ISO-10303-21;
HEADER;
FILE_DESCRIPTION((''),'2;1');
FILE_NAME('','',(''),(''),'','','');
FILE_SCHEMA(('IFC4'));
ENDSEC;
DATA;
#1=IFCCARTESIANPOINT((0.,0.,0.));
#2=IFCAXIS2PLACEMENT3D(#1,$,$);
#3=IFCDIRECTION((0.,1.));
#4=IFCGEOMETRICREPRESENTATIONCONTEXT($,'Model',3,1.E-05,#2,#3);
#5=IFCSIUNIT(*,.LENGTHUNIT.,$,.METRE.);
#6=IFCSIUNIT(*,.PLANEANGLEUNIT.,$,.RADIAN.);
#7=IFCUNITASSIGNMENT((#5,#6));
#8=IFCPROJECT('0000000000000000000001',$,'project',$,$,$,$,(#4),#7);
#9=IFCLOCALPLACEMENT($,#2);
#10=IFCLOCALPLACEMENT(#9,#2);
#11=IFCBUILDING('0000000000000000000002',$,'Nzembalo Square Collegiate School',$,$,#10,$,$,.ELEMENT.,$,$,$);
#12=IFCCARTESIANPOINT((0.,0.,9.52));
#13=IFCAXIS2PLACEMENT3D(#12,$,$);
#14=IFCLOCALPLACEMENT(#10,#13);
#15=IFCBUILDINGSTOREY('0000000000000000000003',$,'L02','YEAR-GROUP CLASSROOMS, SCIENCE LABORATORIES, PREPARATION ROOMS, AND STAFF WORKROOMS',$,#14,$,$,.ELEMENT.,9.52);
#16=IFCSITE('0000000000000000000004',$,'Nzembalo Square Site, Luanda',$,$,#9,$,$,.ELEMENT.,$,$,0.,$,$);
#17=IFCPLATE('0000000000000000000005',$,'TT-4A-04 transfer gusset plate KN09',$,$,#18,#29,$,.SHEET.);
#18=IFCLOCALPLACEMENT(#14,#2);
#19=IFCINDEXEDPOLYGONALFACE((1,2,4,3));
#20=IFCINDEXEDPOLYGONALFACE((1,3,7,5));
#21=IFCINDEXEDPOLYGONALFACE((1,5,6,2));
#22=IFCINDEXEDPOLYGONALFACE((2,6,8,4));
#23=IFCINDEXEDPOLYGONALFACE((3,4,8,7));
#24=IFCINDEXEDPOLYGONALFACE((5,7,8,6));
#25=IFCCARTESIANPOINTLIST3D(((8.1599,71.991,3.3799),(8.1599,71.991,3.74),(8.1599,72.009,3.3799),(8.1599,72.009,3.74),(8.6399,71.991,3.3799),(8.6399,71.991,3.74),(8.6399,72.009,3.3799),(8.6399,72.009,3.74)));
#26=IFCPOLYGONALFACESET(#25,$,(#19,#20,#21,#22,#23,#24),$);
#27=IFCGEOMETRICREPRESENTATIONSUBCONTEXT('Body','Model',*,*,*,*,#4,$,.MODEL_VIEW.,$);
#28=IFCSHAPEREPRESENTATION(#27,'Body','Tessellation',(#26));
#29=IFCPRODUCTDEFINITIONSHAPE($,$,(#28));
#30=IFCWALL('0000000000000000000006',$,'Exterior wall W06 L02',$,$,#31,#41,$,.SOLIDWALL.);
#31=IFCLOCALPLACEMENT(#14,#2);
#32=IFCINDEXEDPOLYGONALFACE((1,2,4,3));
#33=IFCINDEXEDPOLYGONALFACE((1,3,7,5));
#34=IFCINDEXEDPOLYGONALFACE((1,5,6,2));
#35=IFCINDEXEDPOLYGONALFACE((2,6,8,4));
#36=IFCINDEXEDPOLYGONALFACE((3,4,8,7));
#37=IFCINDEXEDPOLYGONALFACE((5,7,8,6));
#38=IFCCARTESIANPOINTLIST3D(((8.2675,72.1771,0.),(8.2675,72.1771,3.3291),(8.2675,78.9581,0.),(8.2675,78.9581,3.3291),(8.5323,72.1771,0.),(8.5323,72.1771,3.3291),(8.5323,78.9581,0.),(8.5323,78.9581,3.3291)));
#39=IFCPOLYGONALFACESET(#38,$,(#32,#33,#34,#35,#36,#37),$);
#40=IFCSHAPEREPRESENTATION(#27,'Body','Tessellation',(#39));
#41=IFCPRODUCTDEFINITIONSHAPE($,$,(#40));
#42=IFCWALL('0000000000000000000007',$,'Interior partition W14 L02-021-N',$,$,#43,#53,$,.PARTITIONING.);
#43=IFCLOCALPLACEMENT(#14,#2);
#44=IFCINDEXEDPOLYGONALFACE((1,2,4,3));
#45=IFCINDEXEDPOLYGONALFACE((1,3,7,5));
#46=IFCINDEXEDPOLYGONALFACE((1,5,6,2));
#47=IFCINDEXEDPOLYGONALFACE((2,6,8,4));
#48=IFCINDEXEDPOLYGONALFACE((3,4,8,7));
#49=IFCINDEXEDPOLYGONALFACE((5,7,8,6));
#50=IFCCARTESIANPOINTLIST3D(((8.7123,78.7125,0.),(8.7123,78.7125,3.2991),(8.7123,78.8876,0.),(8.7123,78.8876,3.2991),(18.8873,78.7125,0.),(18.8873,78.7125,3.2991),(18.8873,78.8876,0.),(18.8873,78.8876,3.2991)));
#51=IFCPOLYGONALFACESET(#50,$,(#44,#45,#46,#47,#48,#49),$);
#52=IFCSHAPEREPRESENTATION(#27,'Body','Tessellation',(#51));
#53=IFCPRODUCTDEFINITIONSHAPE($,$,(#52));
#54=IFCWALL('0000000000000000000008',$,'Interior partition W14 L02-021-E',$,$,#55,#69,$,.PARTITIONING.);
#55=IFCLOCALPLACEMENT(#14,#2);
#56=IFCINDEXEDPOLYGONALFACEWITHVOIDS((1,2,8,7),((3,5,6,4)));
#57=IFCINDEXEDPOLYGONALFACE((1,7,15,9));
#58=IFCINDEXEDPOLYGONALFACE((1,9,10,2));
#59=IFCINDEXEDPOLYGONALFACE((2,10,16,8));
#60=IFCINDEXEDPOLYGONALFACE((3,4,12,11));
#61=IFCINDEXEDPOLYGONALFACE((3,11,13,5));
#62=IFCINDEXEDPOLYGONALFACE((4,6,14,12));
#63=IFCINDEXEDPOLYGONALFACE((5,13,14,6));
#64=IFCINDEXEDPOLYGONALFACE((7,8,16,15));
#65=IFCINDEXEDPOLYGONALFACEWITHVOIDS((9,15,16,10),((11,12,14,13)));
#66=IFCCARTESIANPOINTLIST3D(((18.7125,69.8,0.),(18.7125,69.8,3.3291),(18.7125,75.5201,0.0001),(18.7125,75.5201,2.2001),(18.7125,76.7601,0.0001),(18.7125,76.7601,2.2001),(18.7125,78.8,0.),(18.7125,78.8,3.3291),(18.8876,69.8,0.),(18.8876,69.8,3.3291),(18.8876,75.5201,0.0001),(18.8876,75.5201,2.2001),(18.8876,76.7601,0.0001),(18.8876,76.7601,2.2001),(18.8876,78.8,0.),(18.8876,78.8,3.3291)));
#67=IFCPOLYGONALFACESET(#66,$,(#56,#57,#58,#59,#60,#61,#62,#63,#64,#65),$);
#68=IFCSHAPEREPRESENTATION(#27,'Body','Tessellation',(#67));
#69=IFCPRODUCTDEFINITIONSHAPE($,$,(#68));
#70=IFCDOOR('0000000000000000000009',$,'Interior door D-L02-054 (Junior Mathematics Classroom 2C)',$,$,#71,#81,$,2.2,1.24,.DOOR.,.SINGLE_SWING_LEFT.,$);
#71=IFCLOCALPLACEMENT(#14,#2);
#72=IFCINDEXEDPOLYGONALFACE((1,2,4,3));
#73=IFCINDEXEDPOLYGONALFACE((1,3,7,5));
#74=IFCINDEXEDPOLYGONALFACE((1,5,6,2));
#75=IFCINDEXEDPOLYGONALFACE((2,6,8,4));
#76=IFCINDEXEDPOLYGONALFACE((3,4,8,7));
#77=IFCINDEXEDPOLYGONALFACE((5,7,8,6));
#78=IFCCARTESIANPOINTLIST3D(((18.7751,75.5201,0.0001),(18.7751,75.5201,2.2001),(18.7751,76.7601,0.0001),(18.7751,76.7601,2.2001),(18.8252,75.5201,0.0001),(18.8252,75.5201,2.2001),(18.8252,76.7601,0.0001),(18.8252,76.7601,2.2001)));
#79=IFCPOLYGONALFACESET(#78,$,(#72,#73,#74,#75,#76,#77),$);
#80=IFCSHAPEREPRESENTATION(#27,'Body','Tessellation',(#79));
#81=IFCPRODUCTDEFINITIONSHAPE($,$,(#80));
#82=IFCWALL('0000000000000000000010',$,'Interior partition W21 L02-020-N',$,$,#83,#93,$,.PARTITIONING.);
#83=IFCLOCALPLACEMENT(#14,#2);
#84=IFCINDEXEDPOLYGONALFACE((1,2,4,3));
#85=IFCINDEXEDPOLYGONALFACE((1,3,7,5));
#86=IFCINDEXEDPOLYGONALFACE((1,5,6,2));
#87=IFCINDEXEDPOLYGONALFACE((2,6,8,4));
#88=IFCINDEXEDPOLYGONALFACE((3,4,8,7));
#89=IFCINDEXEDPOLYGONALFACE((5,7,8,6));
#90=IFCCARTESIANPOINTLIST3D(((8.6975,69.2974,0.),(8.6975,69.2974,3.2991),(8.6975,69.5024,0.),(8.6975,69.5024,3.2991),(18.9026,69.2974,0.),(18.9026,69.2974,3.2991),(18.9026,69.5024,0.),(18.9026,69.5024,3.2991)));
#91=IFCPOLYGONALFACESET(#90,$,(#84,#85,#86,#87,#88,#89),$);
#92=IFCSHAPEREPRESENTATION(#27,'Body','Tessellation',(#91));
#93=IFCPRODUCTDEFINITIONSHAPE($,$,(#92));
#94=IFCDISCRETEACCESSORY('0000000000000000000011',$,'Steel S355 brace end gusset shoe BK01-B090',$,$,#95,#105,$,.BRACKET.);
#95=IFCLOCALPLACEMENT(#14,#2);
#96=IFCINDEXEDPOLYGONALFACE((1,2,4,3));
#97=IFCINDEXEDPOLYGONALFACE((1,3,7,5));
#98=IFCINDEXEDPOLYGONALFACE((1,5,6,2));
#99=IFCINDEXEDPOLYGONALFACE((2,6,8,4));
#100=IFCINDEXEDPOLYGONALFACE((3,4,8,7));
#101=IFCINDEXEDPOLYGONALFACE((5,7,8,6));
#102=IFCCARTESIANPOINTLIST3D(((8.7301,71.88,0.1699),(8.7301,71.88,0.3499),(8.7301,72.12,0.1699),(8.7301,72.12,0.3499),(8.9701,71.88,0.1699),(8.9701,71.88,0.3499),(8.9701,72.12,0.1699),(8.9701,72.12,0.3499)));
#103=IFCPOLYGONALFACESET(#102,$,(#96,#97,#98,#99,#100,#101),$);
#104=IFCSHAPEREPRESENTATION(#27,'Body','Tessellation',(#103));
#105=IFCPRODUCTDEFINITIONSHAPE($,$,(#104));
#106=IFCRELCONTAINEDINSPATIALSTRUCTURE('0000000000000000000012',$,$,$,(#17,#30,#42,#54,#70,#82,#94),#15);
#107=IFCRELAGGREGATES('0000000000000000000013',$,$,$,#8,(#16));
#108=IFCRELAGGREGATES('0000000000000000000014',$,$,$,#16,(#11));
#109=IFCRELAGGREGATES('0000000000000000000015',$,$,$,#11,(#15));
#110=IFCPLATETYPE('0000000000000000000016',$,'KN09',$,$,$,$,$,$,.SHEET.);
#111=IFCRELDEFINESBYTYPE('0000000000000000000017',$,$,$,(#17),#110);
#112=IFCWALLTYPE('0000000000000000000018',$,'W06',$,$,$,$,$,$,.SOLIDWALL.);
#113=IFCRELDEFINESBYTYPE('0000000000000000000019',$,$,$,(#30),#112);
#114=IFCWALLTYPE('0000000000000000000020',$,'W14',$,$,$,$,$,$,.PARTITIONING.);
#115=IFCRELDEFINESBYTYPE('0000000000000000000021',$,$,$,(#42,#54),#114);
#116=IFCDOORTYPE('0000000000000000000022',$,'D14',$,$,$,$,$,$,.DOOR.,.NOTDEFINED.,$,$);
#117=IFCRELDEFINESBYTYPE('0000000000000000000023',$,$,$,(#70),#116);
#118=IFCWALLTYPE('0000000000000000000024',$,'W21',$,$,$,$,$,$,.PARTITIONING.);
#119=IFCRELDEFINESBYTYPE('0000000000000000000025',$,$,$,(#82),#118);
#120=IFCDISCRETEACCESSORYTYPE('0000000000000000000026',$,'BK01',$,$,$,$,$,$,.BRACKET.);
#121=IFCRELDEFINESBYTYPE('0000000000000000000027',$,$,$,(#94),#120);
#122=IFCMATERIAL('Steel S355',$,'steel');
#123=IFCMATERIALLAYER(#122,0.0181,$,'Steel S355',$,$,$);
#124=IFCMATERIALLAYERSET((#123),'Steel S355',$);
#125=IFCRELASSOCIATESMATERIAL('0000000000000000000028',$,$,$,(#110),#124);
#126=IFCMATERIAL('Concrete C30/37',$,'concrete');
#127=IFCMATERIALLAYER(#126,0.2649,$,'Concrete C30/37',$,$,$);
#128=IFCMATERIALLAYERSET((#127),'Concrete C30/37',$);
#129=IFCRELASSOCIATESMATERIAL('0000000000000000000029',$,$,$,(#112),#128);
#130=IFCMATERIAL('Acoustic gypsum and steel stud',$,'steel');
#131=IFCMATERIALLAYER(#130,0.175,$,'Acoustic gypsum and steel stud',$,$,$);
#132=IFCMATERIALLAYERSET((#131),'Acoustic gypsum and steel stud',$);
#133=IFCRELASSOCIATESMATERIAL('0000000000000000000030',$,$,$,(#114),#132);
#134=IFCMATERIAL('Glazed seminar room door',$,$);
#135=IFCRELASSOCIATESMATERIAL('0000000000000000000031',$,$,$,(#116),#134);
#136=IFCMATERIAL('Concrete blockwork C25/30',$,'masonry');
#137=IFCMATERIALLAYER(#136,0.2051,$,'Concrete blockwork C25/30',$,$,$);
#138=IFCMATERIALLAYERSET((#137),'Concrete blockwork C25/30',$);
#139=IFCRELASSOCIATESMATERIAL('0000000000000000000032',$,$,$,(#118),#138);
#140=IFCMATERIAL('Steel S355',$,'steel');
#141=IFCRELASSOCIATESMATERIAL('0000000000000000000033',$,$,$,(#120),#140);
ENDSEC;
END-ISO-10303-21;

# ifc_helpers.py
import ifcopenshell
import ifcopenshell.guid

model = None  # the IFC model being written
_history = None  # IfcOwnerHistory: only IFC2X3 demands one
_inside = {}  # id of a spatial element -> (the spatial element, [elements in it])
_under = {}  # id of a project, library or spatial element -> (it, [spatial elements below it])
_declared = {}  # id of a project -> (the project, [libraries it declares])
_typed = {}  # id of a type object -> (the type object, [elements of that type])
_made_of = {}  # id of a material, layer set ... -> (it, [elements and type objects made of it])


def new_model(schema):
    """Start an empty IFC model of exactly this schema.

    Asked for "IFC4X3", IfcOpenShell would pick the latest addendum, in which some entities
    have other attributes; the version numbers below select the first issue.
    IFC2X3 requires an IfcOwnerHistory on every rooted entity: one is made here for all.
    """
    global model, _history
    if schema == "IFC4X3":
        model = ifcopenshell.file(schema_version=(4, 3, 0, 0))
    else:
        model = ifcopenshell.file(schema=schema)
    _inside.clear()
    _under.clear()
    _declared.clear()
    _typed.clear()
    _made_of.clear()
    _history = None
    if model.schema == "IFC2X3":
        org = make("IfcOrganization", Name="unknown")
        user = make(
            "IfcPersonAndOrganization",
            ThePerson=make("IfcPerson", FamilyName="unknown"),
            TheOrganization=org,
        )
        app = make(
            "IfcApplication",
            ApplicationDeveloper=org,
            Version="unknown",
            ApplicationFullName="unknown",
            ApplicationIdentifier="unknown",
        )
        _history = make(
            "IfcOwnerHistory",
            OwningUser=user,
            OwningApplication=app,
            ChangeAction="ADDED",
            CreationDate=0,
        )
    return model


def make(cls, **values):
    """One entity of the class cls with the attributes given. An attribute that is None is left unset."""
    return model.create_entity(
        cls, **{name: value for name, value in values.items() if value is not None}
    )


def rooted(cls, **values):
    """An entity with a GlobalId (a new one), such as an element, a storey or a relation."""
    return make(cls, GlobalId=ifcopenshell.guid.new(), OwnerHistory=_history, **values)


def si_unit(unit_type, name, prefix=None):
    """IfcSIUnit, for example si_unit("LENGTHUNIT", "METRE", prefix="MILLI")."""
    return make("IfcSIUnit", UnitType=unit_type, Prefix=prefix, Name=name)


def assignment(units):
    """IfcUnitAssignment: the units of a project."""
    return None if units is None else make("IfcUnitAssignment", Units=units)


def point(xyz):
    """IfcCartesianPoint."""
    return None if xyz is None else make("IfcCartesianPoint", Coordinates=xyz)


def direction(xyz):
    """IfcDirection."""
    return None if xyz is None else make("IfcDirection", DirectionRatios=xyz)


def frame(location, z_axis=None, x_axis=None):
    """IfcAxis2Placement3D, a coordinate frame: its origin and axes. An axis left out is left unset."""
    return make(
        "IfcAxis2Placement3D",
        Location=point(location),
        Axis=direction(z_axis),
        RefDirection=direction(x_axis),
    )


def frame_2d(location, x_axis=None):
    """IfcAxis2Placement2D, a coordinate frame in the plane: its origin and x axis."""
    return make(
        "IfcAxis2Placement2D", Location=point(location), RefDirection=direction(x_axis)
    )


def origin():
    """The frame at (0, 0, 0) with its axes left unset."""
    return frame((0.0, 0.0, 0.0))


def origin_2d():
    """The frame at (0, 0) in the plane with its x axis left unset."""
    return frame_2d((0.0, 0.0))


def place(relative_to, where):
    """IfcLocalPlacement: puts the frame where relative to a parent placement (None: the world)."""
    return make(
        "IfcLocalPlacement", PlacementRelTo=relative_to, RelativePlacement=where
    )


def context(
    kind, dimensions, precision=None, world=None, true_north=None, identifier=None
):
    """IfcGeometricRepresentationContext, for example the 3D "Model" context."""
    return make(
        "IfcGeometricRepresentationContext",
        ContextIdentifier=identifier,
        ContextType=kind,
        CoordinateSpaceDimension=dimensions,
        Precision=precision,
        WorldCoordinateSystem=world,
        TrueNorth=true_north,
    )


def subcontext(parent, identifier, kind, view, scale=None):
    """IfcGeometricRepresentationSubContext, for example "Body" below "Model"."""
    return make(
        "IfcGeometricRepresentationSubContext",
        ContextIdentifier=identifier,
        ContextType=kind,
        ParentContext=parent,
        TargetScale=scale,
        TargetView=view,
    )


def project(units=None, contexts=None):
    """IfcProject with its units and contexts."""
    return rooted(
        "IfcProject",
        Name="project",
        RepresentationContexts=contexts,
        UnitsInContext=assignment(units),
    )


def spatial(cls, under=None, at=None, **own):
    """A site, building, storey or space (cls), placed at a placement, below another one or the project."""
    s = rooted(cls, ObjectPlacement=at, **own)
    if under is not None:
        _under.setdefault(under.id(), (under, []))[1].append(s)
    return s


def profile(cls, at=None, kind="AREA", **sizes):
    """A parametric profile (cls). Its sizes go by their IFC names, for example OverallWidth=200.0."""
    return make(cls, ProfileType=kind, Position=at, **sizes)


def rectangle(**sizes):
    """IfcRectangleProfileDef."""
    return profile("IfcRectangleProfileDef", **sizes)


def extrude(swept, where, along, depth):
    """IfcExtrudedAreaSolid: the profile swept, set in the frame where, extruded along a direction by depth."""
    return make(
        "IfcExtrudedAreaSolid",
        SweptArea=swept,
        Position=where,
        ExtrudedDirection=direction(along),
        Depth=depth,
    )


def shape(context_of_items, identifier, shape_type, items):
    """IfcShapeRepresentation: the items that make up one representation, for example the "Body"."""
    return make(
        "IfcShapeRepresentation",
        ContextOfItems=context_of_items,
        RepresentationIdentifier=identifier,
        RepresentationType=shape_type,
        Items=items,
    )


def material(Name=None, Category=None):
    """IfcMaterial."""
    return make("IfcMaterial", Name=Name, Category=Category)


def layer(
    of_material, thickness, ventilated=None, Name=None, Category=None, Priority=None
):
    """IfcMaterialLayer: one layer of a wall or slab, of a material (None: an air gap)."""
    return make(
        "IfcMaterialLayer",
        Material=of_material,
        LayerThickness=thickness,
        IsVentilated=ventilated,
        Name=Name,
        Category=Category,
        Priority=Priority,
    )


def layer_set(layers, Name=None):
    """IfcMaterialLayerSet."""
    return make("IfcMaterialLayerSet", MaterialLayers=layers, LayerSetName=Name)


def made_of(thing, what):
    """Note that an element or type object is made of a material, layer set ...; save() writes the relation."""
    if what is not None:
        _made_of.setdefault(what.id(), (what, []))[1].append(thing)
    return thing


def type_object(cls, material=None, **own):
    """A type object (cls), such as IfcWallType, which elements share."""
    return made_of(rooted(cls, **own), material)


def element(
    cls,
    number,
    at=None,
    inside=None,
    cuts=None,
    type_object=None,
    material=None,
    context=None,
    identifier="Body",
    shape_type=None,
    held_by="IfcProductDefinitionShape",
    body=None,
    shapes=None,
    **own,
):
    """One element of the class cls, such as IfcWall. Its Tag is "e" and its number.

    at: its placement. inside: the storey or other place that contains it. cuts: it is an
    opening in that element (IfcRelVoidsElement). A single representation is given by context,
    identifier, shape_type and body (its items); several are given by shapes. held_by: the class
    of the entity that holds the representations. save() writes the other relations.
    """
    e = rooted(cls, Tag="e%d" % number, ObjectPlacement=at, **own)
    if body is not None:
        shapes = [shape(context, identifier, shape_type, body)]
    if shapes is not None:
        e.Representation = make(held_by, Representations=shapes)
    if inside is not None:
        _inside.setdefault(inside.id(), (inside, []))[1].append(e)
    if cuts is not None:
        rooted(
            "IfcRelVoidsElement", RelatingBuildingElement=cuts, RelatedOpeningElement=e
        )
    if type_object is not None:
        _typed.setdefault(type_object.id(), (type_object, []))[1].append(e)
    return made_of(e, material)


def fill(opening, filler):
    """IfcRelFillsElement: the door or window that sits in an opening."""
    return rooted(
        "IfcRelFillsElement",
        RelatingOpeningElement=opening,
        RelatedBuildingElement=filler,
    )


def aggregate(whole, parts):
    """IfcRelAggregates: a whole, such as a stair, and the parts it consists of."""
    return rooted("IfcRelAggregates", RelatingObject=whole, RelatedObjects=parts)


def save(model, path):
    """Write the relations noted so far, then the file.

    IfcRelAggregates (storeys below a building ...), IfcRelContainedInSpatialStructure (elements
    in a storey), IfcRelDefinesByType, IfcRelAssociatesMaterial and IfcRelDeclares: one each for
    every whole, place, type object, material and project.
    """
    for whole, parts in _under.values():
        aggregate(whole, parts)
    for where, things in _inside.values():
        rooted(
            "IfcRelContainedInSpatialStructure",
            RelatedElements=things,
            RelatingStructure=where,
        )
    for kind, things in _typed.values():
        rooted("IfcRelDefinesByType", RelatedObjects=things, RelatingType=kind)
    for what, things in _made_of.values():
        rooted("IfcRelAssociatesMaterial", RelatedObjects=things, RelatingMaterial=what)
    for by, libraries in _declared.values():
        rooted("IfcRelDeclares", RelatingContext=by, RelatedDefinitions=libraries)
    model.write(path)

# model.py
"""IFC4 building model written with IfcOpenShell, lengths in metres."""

from ifc_helpers import new_model, si_unit, direction, frame, frame_2d, origin, origin_2d, place, context, subcontext, project, spatial, rectangle, extrude, material, layer, layer_set, type_object, element, fill, save


model = new_model("IFC4")

# Units and contexts
model_context = context("Model", 3, precision=1e-05, world=origin(), true_north=direction((0.0, 1.0)))
body_context = subcontext(model_context, "Body", "Model", "MODEL_VIEW")
ifc_project = project(units=[si_unit("LENGTHUNIT", "METRE"), si_unit("PLANEANGLEUNIT", "RADIAN")], contexts=[model_context])

# Site, building, storey
site_placement = place(None, origin())
site = spatial("IfcSite", under=ifc_project, at=site_placement, Name="Nzembalo Square Site, Luanda", CompositionType="ELEMENT", RefElevation=0.0)
building_placement = place(site_placement, origin())
building = spatial("IfcBuilding", under=site, at=building_placement, Name="Nzembalo Square Collegiate School", CompositionType="ELEMENT")
storey_placement = place(building_placement, frame((0.0, 0.0, 9.52)))
storey = spatial("IfcBuildingStorey", under=building, at=storey_placement, Name="L02", Description="YEAR-GROUP CLASSROOMS, SCIENCE LABORATORIES, PREPARATION ROOMS, AND STAFF WORKROOMS", CompositionType="ELEMENT", Elevation=9.52)

# Plate
ifc_material_1 = material(Name="Steel S355", Category="steel")
ifc_layer_1 = layer(ifc_material_1, 0.0181, Name="Steel S355")
ifc_layer_set_1 = layer_set([ifc_layer_1], Name="Steel S355")
plate_type_1 = type_object("IfcPlateType", Name="KN09", PredefinedType="SHEET", material=ifc_layer_set_1)
plate_1_placement = place(storey_placement, frame((8.3999, 72.0, 3.3799), z_axis=(0.0, 0.0, 1.0), x_axis=(1.0, 0.0, 0.0)))
element("IfcPlate", 1, at=plate_1_placement, inside=storey, type_object=plate_type_1, Name="TT-4A-04 transfer gusset plate KN09", PredefinedType="SHEET", context=body_context, shape_type="SweptSolid", body=[
    extrude(rectangle(XDim=0.48, YDim=0.0181, at=origin_2d()), origin(), (0.0, 0.0, 1.0), 0.3601),
])

# Walls
ifc_material_2 = material(Name="Concrete C30/37", Category="concrete")
ifc_layer_2 = layer(ifc_material_2, 0.2649, Name="Concrete C30/37")
ifc_layer_set_2 = layer_set([ifc_layer_2], Name="Concrete C30/37")
wall_type_1 = type_object("IfcWallType", Name="W06", PredefinedType="SOLIDWALL", material=ifc_layer_set_2)
wall_1_placement = place(storey_placement, frame((8.3999, 72.177, 0.0), z_axis=(0.0, 0.0, 1.0), x_axis=(0.0, 1.0, 0.0)))
element("IfcWall", 2, at=wall_1_placement, inside=storey, type_object=wall_type_1, Name="Exterior wall W06 L02", PredefinedType="SOLIDWALL", context=body_context, shape_type="SweptSolid", body=[
    extrude(rectangle(XDim=6.781, YDim=0.2649, at=frame_2d((3.3906, 0.0))), origin(), (0.0, 0.0, 1.0), 3.3291),
])
ifc_material_3 = material(Name="Acoustic gypsum and steel stud", Category="steel")
ifc_layer_3 = layer(ifc_material_3, 0.175, Name="Acoustic gypsum and steel stud")
ifc_layer_set_3 = layer_set([ifc_layer_3], Name="Acoustic gypsum and steel stud")
wall_type_2 = type_object("IfcWallType", Name="W14", PredefinedType="PARTITIONING", material=ifc_layer_set_3)
wall_2_placement = place(storey_placement, frame((8.7124, 78.8, 0.0), z_axis=(0.0, 0.0, 1.0), x_axis=(1.0, 0.0, 0.0)))
element("IfcWall", 3, at=wall_2_placement, inside=storey, type_object=wall_type_2, Name="Interior partition W14 L02-021-N", PredefinedType="PARTITIONING", context=body_context, shape_type="SweptSolid", body=[
    extrude(rectangle(XDim=10.175, YDim=0.175, at=frame_2d((5.0874, 0.0))), origin(), (0.0, 0.0, 1.0), 3.2991),
])

# Wall, opening, door
wall_3_placement = place(storey_placement, frame((18.8, 69.8, 0.0), z_axis=(0.0, 0.0, 1.0), x_axis=(0.0, 1.0, 0.0)))
wall_3 = element("IfcWall", 4, at=wall_3_placement, inside=storey, type_object=wall_type_2, Name="Interior partition W14 L02-021-E", PredefinedType="PARTITIONING", context=body_context, shape_type="SweptSolid", body=[
    extrude(rectangle(XDim=9.0, YDim=0.175, at=frame_2d((4.5, 0.0))), origin(), (0.0, 0.0, 1.0), 3.3291),
])
opening_placement = place(wall_3_placement, frame((5.72, 0.0, 0.0)))
opening = element("IfcOpeningElement", 5, at=opening_placement, cuts=wall_3, PredefinedType="OPENING", context=body_context, shape_type="SweptSolid", body=[
    extrude(rectangle(XDim=1.24, YDim=2.2, at=frame_2d((0.6201, 1.1001))), frame((0.0, 0.0977, 0.0), z_axis=(0.0, -1.0, 0.0), x_axis=(1.0, 0.0, 0.0)), (0.0, 0.0, 1.0), 0.1951),
])
ifc_material_4 = material(Name="Glazed seminar room door")
door_type = type_object("IfcDoorType", Name="D14", OperationType="NOTDEFINED", PredefinedType="DOOR", material=ifc_material_4)
door_placement = place(opening_placement, origin())
door = element("IfcDoor", 6, at=door_placement, inside=storey, type_object=door_type, Name="Interior door D-L02-054 (Junior Mathematics Classroom 2C)", OperationType="SINGLE_SWING_LEFT", OverallHeight=2.2, OverallWidth=1.24, PredefinedType="DOOR", context=body_context, shape_type="SweptSolid", body=[
    extrude(rectangle(XDim=1.24, YDim=2.2, at=frame_2d((0.6201, 1.1001))), frame((0.0, 0.0249, 0.0), z_axis=(0.0, -1.0, 0.0), x_axis=(1.0, 0.0, 0.0)), (0.0, 0.0, 1.0), 0.05),
])
fill(opening, door)

# Wall
ifc_material_5 = material(Name="Concrete blockwork C25/30", Category="masonry")
ifc_layer_4 = layer(ifc_material_5, 0.2051, Name="Concrete blockwork C25/30")
ifc_layer_set_4 = layer_set([ifc_layer_4], Name="Concrete blockwork C25/30")
wall_type_3 = type_object("IfcWallType", Name="W21", PredefinedType="PARTITIONING", material=ifc_layer_set_4)
wall_4_placement = place(storey_placement, frame((8.6975, 69.3999, 0.0), z_axis=(0.0, 0.0, 1.0), x_axis=(1.0, 0.0, 0.0)))
element("IfcWall", 7, at=wall_4_placement, inside=storey, type_object=wall_type_3, Name="Interior partition W21 L02-020-N", PredefinedType="PARTITIONING", context=body_context, shape_type="SweptSolid", body=[
    extrude(rectangle(XDim=10.2051, YDim=0.2051, at=frame_2d((5.1025, 0.0))), origin(), (0.0, 0.0, 1.0), 3.2991),
])

# Discrete accessory
ifc_material_6 = material(Name="Steel S355", Category="steel")
discrete_accessory_type = type_object("IfcDiscreteAccessoryType", Name="BK01", PredefinedType="BRACKET", material=ifc_material_6)
discrete_accessory_placement = place(storey_placement, frame((8.8501, 72.0, 0.1699), z_axis=(0.0, 0.0, 1.0), x_axis=(1.0, 0.0, 0.0)))
element("IfcDiscreteAccessory", 8, at=discrete_accessory_placement, inside=storey, type_object=discrete_accessory_type, Name="Steel S355 brace end gusset shoe BK01-B090", PredefinedType="BRACKET", context=body_context, shape_type="SweptSolid", body=[
    extrude(rectangle(XDim=0.24, YDim=0.24, at=origin_2d()), origin(), (0.0, 0.0, 1.0), 0.1799),
])

save(model, "model.ifc")
